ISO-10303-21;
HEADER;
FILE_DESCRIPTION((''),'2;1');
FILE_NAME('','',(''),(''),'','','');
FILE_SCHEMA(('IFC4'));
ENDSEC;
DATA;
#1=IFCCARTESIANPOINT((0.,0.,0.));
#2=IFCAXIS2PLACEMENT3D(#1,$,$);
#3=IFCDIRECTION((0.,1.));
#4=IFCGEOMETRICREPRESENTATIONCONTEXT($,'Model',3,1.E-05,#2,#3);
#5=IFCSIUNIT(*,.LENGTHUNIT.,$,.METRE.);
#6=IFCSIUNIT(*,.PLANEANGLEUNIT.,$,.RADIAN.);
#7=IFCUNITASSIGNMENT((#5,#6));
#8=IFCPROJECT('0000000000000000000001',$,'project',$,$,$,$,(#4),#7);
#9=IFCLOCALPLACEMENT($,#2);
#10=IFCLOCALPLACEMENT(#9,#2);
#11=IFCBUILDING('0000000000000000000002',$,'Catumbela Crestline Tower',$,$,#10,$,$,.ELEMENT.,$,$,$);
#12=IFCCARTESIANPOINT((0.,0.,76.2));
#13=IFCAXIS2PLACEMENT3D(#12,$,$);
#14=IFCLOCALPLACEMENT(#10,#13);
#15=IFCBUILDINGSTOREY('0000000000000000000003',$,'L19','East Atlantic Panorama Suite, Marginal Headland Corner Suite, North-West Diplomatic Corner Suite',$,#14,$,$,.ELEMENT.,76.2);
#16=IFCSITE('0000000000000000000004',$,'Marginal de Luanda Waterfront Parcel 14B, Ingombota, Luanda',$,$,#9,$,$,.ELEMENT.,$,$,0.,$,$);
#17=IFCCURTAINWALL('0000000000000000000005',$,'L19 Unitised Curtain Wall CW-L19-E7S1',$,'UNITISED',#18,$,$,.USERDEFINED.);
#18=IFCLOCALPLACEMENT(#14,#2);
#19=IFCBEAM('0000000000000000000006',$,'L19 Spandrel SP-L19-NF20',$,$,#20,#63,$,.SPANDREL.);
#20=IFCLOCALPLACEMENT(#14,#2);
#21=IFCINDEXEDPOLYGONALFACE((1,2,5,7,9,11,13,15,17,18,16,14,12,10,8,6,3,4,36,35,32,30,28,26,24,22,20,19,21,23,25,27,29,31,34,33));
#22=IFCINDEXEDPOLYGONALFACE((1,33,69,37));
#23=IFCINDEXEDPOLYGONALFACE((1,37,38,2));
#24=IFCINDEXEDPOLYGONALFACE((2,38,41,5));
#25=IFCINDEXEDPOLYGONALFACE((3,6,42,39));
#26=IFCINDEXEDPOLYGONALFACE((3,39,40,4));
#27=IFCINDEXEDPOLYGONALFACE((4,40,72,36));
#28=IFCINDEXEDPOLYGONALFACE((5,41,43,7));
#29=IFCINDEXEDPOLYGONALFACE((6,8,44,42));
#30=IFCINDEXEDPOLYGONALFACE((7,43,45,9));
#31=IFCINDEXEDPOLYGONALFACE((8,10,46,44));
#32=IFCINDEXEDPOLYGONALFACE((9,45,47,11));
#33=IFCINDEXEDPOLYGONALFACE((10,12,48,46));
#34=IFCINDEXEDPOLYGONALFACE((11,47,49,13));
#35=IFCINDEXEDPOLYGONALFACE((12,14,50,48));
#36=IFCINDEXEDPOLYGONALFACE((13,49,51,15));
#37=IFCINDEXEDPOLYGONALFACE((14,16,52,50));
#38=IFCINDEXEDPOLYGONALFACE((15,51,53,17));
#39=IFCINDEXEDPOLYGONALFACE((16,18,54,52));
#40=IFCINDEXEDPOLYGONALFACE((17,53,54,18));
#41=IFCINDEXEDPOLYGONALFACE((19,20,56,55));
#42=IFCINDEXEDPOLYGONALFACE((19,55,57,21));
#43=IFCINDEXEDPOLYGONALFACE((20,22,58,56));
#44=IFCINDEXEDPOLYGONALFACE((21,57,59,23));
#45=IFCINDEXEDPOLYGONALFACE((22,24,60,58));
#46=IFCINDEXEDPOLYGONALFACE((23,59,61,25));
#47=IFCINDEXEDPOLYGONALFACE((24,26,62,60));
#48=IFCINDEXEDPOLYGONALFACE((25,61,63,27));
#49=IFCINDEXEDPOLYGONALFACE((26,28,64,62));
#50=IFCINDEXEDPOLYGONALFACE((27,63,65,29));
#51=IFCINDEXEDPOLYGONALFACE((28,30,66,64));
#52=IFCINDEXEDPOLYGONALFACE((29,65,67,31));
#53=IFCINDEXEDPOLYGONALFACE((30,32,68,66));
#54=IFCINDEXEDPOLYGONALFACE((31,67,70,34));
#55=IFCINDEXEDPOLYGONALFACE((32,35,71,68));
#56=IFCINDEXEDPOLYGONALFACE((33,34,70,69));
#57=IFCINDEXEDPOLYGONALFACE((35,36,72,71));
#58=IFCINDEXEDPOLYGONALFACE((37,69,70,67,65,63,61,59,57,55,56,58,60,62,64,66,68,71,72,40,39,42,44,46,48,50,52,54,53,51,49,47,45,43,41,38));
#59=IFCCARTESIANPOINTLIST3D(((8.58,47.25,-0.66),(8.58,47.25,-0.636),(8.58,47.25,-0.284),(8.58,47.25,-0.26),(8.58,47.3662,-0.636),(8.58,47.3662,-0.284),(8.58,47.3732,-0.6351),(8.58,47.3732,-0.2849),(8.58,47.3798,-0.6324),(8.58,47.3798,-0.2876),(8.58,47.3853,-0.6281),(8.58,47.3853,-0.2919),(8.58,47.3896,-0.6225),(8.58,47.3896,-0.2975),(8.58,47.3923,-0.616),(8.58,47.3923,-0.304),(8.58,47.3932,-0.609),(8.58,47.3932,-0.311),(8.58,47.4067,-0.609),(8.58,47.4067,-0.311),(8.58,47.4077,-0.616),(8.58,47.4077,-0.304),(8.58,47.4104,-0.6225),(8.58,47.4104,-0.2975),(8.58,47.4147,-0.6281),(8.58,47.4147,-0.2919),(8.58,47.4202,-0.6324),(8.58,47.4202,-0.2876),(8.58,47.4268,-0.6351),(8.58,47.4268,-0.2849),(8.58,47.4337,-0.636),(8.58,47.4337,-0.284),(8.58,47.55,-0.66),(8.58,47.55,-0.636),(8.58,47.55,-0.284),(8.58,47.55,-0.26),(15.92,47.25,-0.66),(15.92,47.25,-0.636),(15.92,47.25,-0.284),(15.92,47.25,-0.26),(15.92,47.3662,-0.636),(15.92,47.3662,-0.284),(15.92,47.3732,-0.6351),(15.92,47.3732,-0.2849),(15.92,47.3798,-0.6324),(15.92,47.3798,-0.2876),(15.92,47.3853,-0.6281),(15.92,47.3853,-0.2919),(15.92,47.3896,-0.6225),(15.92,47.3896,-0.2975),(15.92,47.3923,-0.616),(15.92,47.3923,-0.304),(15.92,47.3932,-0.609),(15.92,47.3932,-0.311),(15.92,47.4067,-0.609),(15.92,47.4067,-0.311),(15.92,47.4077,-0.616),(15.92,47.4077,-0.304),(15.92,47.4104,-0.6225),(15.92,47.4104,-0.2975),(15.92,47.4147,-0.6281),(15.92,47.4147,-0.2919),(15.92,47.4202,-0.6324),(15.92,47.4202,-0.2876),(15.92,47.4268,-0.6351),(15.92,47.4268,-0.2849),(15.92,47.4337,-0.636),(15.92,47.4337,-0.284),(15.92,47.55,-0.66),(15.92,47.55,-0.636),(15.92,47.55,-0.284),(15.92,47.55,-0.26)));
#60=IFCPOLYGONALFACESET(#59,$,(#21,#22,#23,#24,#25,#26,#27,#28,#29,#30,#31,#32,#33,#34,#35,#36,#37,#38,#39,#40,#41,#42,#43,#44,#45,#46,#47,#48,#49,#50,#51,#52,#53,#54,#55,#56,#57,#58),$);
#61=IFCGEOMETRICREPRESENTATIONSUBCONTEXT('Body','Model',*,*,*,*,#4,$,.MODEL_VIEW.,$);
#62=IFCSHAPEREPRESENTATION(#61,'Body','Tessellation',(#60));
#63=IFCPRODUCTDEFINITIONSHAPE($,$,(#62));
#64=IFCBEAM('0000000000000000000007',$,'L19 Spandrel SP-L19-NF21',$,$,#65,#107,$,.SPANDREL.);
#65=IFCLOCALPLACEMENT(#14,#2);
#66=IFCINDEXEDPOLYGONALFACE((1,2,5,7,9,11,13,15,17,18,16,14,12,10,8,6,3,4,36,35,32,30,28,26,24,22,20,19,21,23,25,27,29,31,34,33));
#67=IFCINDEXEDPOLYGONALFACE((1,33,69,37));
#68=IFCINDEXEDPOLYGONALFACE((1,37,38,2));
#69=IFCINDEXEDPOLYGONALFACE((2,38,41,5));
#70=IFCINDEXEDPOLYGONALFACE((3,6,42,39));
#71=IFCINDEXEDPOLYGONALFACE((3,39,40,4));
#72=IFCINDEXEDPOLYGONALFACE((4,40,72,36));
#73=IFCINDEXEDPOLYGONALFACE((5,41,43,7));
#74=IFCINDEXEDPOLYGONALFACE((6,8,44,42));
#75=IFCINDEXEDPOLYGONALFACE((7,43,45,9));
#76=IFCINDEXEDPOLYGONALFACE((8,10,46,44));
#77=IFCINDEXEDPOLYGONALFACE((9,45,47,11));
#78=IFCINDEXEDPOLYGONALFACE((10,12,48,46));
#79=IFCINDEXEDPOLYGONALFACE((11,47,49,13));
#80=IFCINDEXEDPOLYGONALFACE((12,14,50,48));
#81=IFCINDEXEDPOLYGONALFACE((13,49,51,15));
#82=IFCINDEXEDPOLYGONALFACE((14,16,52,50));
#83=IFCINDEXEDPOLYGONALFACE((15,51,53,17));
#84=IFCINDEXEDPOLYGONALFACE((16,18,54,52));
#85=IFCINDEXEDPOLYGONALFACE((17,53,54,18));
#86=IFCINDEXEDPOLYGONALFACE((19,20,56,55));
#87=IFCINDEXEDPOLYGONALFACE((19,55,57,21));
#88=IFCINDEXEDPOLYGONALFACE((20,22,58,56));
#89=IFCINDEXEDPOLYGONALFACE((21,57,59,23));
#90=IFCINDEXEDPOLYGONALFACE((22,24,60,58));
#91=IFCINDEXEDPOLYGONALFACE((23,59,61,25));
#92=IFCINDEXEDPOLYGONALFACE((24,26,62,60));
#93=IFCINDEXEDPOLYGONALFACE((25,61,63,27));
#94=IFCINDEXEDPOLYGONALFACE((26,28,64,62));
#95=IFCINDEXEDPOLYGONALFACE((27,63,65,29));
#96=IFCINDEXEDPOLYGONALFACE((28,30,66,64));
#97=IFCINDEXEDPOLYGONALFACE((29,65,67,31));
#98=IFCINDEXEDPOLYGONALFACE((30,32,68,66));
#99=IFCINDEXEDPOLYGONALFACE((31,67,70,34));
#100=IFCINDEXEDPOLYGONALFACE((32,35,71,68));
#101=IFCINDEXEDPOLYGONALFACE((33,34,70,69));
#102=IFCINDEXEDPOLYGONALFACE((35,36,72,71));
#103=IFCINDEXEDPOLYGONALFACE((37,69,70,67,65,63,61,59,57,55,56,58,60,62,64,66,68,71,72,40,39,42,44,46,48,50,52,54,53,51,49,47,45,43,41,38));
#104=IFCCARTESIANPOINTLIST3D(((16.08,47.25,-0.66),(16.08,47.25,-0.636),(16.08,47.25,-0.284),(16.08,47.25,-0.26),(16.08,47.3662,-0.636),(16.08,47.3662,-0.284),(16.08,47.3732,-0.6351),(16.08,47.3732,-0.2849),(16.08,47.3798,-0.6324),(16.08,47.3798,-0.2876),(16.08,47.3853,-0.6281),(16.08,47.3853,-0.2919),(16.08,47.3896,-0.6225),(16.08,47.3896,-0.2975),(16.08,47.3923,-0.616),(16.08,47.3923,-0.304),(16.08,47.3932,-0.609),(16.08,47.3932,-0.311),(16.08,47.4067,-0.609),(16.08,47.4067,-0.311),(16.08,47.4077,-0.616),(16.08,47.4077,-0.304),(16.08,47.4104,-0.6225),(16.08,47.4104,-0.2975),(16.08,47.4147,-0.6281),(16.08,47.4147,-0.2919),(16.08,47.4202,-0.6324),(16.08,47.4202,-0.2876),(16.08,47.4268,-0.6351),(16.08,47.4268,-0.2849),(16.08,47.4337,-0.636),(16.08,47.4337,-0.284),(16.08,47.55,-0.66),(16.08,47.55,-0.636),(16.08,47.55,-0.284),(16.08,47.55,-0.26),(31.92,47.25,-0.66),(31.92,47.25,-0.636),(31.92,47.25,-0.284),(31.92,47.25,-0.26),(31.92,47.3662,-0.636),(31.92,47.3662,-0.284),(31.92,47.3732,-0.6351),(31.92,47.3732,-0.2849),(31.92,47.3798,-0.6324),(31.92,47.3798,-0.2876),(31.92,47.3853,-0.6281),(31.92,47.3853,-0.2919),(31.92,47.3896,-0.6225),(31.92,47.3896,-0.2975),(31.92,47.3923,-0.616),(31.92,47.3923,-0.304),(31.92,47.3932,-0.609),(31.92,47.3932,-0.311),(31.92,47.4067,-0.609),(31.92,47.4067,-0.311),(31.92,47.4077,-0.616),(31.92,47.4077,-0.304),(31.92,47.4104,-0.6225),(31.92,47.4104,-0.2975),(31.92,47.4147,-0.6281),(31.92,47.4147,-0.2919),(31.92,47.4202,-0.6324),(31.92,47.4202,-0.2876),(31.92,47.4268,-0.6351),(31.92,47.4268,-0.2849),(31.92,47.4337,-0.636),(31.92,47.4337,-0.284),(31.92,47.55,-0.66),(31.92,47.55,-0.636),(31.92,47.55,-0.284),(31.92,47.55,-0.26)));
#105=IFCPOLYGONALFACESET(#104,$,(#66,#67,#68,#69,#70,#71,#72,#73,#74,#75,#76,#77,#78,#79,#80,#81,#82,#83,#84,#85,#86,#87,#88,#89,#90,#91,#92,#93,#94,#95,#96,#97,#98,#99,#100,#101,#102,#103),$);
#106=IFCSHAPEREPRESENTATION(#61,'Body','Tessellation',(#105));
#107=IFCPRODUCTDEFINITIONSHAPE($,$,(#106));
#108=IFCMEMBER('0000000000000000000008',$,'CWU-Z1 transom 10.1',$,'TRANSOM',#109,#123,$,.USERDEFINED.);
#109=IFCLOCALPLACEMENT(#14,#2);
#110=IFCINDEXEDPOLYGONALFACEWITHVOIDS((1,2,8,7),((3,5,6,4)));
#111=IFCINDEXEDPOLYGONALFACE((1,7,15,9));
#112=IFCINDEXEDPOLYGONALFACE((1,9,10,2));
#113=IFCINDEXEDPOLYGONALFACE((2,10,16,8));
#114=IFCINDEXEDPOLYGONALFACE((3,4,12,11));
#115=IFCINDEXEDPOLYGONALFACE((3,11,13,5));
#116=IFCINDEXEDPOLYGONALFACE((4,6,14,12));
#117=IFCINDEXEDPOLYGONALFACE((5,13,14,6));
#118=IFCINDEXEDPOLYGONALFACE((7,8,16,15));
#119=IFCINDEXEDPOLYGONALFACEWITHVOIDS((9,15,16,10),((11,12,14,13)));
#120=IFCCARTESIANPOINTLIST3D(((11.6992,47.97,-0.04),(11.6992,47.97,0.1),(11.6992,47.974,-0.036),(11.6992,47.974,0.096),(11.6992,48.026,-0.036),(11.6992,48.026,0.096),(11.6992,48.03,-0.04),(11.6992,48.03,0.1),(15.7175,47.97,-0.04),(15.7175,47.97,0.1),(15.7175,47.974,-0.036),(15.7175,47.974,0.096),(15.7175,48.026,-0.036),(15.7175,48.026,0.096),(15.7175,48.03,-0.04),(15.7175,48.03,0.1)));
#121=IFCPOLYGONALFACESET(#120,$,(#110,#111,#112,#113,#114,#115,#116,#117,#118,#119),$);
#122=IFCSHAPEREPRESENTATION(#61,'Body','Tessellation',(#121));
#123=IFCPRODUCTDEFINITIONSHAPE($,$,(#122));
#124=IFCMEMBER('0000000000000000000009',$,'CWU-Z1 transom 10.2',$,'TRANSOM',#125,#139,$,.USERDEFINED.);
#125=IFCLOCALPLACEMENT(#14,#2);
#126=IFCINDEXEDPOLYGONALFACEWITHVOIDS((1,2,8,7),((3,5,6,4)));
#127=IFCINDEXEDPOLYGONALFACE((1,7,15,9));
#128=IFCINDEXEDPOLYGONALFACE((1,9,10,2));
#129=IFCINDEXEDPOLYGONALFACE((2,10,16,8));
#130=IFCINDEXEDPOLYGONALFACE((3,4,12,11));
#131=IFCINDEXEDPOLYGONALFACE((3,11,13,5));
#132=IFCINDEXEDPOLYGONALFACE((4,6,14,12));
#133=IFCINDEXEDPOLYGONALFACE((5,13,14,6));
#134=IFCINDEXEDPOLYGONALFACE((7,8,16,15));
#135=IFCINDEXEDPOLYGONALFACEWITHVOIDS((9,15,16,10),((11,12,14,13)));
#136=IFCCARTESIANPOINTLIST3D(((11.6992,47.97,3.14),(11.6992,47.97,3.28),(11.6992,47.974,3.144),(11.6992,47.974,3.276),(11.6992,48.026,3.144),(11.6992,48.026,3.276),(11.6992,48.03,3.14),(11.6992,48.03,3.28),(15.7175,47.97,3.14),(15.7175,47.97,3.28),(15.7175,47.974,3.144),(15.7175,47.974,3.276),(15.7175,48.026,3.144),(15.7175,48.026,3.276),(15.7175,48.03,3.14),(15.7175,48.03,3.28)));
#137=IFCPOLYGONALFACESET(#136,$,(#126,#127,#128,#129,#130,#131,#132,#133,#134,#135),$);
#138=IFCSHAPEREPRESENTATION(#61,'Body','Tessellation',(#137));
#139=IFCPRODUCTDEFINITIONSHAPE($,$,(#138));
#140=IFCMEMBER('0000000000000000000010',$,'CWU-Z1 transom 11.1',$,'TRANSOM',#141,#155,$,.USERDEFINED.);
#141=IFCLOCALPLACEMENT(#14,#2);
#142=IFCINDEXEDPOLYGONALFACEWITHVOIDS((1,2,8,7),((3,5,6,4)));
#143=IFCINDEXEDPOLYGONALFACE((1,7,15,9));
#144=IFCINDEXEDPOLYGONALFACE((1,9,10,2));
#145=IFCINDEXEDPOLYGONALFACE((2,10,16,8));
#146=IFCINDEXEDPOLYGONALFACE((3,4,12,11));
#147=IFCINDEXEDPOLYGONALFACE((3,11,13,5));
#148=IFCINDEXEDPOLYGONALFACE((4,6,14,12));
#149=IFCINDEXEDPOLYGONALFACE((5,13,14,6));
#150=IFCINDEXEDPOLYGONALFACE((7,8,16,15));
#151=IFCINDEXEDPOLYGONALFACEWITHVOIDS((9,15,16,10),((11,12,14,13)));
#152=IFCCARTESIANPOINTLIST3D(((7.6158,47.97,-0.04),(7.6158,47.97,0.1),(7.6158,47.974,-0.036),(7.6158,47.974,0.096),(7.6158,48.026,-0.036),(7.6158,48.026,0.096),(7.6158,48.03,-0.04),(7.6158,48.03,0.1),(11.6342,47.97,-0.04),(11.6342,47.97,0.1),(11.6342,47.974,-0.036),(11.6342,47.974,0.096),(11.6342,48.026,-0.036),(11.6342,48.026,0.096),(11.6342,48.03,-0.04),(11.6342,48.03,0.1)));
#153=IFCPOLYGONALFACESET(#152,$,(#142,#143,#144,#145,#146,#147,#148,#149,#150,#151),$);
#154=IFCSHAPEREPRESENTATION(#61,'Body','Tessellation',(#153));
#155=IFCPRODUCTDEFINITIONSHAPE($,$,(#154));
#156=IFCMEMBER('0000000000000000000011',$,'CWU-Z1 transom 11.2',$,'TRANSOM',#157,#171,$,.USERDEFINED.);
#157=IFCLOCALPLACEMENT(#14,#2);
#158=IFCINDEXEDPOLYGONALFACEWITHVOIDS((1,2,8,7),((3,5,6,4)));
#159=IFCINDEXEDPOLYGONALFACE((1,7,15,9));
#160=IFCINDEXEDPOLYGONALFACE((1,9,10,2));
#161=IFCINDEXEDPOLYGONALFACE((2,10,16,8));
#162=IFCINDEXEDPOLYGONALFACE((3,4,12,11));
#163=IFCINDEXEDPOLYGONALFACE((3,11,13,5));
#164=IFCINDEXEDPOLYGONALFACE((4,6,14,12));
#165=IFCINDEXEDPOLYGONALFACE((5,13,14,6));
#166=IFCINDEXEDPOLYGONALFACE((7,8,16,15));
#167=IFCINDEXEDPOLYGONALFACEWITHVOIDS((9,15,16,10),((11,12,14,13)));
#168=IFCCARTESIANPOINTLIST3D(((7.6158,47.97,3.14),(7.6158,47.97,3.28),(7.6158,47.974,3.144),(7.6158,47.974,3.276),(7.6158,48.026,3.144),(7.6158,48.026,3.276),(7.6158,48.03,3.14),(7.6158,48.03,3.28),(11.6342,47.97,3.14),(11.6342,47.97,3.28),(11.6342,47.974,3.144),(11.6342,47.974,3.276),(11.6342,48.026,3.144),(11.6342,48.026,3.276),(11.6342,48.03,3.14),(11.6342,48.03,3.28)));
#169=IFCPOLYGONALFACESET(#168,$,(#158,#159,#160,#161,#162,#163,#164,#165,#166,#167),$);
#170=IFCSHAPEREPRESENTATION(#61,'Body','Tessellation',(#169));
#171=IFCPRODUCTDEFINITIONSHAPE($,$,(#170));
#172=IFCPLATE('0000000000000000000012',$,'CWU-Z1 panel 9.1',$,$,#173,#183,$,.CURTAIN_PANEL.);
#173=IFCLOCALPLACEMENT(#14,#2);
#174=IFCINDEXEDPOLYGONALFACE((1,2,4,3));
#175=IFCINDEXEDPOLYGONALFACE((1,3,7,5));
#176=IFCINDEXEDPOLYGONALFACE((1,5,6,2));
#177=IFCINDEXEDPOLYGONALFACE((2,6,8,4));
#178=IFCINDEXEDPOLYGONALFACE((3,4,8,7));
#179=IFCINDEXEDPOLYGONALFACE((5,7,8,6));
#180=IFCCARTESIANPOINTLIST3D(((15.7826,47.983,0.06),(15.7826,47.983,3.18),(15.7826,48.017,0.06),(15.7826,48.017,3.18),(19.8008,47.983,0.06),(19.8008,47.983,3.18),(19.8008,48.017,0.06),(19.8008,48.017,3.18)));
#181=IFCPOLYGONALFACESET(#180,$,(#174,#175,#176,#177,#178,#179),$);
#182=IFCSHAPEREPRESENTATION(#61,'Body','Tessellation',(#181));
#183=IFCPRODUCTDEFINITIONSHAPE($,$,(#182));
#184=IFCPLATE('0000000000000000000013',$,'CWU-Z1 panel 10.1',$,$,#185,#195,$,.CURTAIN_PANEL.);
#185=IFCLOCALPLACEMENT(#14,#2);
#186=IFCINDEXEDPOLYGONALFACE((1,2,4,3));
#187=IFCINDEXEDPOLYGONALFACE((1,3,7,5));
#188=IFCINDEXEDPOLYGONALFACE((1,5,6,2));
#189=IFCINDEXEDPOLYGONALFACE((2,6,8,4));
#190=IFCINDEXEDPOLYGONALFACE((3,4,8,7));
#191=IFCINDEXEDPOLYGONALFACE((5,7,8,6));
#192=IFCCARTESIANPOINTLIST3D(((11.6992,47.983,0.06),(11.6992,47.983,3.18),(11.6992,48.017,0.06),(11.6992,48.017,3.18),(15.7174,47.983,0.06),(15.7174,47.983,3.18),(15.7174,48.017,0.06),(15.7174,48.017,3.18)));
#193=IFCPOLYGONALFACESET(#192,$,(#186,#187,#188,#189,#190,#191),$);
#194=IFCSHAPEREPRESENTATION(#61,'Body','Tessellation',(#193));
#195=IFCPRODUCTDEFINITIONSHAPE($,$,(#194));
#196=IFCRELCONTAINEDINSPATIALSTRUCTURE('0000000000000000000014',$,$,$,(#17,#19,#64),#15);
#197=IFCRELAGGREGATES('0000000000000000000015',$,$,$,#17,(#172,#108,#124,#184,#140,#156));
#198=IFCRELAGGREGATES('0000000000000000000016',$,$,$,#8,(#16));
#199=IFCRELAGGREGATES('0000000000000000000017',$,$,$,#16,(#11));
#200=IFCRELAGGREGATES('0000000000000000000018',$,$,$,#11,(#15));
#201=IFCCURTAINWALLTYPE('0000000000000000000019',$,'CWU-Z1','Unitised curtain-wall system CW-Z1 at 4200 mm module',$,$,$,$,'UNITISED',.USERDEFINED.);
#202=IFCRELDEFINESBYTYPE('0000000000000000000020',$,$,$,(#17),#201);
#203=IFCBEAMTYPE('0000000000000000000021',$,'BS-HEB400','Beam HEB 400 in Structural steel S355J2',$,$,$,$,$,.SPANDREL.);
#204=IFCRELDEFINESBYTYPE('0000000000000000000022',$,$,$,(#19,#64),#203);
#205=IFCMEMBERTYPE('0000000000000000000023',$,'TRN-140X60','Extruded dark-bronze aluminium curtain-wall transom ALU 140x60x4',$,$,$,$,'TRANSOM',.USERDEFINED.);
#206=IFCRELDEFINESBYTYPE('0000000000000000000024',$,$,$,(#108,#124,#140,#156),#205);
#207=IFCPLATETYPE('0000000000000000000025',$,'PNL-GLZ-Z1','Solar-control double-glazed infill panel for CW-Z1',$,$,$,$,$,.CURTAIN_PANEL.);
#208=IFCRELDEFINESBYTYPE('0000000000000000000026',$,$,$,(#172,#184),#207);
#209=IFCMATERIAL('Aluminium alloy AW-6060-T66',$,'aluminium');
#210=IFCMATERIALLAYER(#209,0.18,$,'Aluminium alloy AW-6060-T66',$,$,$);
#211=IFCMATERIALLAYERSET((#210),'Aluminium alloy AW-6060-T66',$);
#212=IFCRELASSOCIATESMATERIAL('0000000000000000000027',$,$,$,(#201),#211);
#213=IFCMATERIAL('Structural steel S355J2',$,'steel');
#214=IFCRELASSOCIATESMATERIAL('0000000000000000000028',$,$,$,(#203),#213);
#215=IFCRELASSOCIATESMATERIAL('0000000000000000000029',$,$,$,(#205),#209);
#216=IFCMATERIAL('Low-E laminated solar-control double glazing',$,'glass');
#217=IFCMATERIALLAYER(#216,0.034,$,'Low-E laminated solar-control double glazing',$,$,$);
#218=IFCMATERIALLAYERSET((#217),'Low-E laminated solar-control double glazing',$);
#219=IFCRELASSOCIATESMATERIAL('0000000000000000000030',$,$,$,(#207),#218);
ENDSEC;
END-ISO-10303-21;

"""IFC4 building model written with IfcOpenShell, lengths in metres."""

from ifc_helpers import new_model, si_unit, direction, frame, origin, origin_2d, place, context, subcontext, project, spatial, rectangle, hollow_rectangle, i_section, extrude, material, layer, layer_set, material_profile, profile_set, type_object, element, aggregate, save


model = new_model("IFC4")

# Units and contexts
model_context = context("Model", 3, precision=1e-05, world=origin(), true_north=direction((0.0, 1.0)))
body_context = subcontext(model_context, "Body", "Model", "MODEL_VIEW")
ifc_project = project(units=[si_unit("LENGTHUNIT", "METRE"), si_unit("PLANEANGLEUNIT", "RADIAN")], contexts=[model_context])

# Site, building, storey
site_placement = place(None, origin())
site = spatial("IfcSite", under=ifc_project, at=site_placement, Name="Marginal de Luanda Waterfront Parcel 14B, Ingombota, Luanda", CompositionType="ELEMENT", RefElevation=0.0)
building_placement = place(site_placement, origin())
building = spatial("IfcBuilding", under=site, at=building_placement, Name="Catumbela Crestline Tower", CompositionType="ELEMENT")
storey_placement = place(building_placement, frame((0.0, 0.0, 76.2)))
storey = spatial("IfcBuildingStorey", under=building, at=storey_placement, Name="L19", Description="East Atlantic Panorama Suite, Marginal Headland Corner Suite, North-West Diplomatic Corner Suite", CompositionType="ELEMENT", Elevation=76.2)

# Curtain wall
ifc_material_1 = material(Name="Aluminium alloy AW-6060-T66", Category="aluminium")
ifc_layer_1 = layer(ifc_material_1, 0.18, Name="Aluminium alloy AW-6060-T66")
ifc_layer_set_1 = layer_set([ifc_layer_1], Name="Aluminium alloy AW-6060-T66")
curtain_wall_type = type_object("IfcCurtainWallType", Name="CWU-Z1", Description="Unitised curtain-wall system CW-Z1 at 4200 mm module", ElementType="UNITISED", PredefinedType="USERDEFINED", material=ifc_layer_set_1)
curtain_wall_placement = place(storey_placement, origin())
curtain_wall = element("IfcCurtainWall", 1, at=curtain_wall_placement, inside=storey, type_object=curtain_wall_type, Name="L19 Unitised Curtain Wall CW-L19-E7S1", ObjectType="UNITISED", PredefinedType="USERDEFINED")

# Beams
ifc_material_2 = material(Name="Structural steel S355J2", Category="steel")
ifc_material_profile_1 = material_profile(ifc_material_2, i_section(OverallWidth=0.3, OverallDepth=0.4, WebThickness=0.0135, FlangeThickness=0.024, FilletRadius=0.027, at=origin_2d()), Name="HEB 400")
ifc_profile_set_1 = profile_set([ifc_material_profile_1], Name="Structural steel S355J2")
beam_type = type_object("IfcBeamType", Name="BS-HEB400", Description="Beam HEB 400 in Structural steel S355J2", PredefinedType="SPANDREL", material=ifc_profile_set_1)
beam_1_placement = place(storey_placement, frame((8.58, 47.4, -0.46), z_axis=(1.0, 0.0, 0.0), x_axis=(0.0, 1.0, 0.0)))
element("IfcBeam", 2, at=beam_1_placement, inside=storey, type_object=beam_type, Name="L19 Spandrel SP-L19-NF20", PredefinedType="SPANDREL", context=body_context, shape_type="SweptSolid", body=[
    extrude(i_section(OverallWidth=0.3, OverallDepth=0.4, WebThickness=0.0135, FlangeThickness=0.024, FilletRadius=0.027, at=origin_2d()), origin(), (0.0, 0.0, 1.0), 7.34),
])
beam_2_placement = place(storey_placement, frame((16.08, 47.4, -0.46), z_axis=(1.0, 0.0, 0.0), x_axis=(0.0, 1.0, 0.0)))
element("IfcBeam", 3, at=beam_2_placement, inside=storey, type_object=beam_type, Name="L19 Spandrel SP-L19-NF21", PredefinedType="SPANDREL", context=body_context, shape_type="SweptSolid", body=[
    extrude(i_section(OverallWidth=0.3, OverallDepth=0.4, WebThickness=0.0135, FlangeThickness=0.024, FilletRadius=0.027, at=origin_2d()), origin(), (0.0, 0.0, 1.0), 15.84),
])

# Members
ifc_material_profile_2 = material_profile(ifc_material_1, hollow_rectangle(XDim=0.06, YDim=0.14, WallThickness=0.004, at=origin_2d()), Name="ALU 140x60x4")
ifc_profile_set_2 = profile_set([ifc_material_profile_2], Name="Aluminium alloy AW-6060-T66")
member_type_1 = type_object("IfcMemberType", Name="TRN-140X60", Description="Extruded dark-bronze aluminium curtain-wall transom ALU 140x60x4", ElementType="TRANSOM", PredefinedType="USERDEFINED", material=ifc_profile_set_2)
member_1_placement = place(storey_placement, frame((15.7175, 48.0, 0.03), z_axis=(-1.0, 0.0, 0.0), x_axis=(0.0, -1.0, 0.0)))
member_1 = element("IfcMember", 4, at=member_1_placement, type_object=member_type_1, Name="CWU-Z1 transom 10.1", ObjectType="TRANSOM", PredefinedType="USERDEFINED", context=body_context, shape_type="SweptSolid", body=[
    extrude(hollow_rectangle(XDim=0.06, YDim=0.14, WallThickness=0.004, at=origin_2d()), origin(), (0.0, 0.0, 1.0), 4.0183),
])
member_2_placement = place(storey_placement, frame((15.7175, 48.0, 3.21), z_axis=(-1.0, 0.0, 0.0), x_axis=(0.0, -1.0, 0.0)))
member_2 = element("IfcMember", 5, at=member_2_placement, type_object=member_type_1, Name="CWU-Z1 transom 10.2", ObjectType="TRANSOM", PredefinedType="USERDEFINED", context=body_context, shape_type="SweptSolid", body=[
    extrude(hollow_rectangle(XDim=0.06, YDim=0.14, WallThickness=0.004, at=origin_2d()), origin(), (0.0, 0.0, 1.0), 4.0183),
])
member_3_placement = place(storey_placement, frame((11.6342, 48.0, 0.03), z_axis=(-1.0, 0.0, 0.0), x_axis=(0.0, -1.0, 0.0)))
member_3 = element("IfcMember", 6, at=member_3_placement, type_object=member_type_1, Name="CWU-Z1 transom 11.1", ObjectType="TRANSOM", PredefinedType="USERDEFINED", context=body_context, shape_type="SweptSolid", body=[
    extrude(hollow_rectangle(XDim=0.06, YDim=0.14, WallThickness=0.004, at=origin_2d()), origin(), (0.0, 0.0, 1.0), 4.0184),
])
member_4_placement = place(storey_placement, frame((11.6342, 48.0, 3.21), z_axis=(-1.0, 0.0, 0.0), x_axis=(0.0, -1.0, 0.0)))
member_4 = element("IfcMember", 7, at=member_4_placement, type_object=member_type_1, Name="CWU-Z1 transom 11.2", ObjectType="TRANSOM", PredefinedType="USERDEFINED", context=body_context, shape_type="SweptSolid", body=[
    extrude(hollow_rectangle(XDim=0.06, YDim=0.14, WallThickness=0.004, at=origin_2d()), origin(), (0.0, 0.0, 1.0), 4.0184),
])

# Plates
ifc_material_3 = material(Name="Low-E laminated solar-control double glazing", Category="glass")
ifc_layer_2 = layer(ifc_material_3, 0.034, Name="Low-E laminated solar-control double glazing")
ifc_layer_set_2 = layer_set([ifc_layer_2], Name="Low-E laminated solar-control double glazing")
plate_type = type_object("IfcPlateType", Name="PNL-GLZ-Z1", Description="Solar-control double-glazed infill panel for CW-Z1", PredefinedType="CURTAIN_PANEL", material=ifc_layer_set_2)
plate_1_placement = place(storey_placement, frame((17.7917, 48.0, 0.06), z_axis=(0.0, 0.0, 1.0), x_axis=(-1.0, 0.0, 0.0)))
plate_1 = element("IfcPlate", 8, at=plate_1_placement, type_object=plate_type, Name="CWU-Z1 panel 9.1", PredefinedType="CURTAIN_PANEL", context=body_context, shape_type="SweptSolid", body=[
    extrude(rectangle(XDim=4.0183, YDim=0.034, at=origin_2d()), origin(), (0.0, 0.0, 1.0), 3.12),
])
plate_2_placement = place(storey_placement, frame((13.7083, 48.0, 0.06), z_axis=(0.0, 0.0, 1.0), x_axis=(-1.0, 0.0, 0.0)))
plate_2 = element("IfcPlate", 9, at=plate_2_placement, type_object=plate_type, Name="CWU-Z1 panel 10.1", PredefinedType="CURTAIN_PANEL", context=body_context, shape_type="SweptSolid", body=[
    extrude(rectangle(XDim=4.0183, YDim=0.034, at=origin_2d()), origin(), (0.0, 0.0, 1.0), 3.12),
])
aggregate(curtain_wall, [plate_1, member_1, member_2, plate_2, member_3, member_4])

save(model, "model.ifc")
